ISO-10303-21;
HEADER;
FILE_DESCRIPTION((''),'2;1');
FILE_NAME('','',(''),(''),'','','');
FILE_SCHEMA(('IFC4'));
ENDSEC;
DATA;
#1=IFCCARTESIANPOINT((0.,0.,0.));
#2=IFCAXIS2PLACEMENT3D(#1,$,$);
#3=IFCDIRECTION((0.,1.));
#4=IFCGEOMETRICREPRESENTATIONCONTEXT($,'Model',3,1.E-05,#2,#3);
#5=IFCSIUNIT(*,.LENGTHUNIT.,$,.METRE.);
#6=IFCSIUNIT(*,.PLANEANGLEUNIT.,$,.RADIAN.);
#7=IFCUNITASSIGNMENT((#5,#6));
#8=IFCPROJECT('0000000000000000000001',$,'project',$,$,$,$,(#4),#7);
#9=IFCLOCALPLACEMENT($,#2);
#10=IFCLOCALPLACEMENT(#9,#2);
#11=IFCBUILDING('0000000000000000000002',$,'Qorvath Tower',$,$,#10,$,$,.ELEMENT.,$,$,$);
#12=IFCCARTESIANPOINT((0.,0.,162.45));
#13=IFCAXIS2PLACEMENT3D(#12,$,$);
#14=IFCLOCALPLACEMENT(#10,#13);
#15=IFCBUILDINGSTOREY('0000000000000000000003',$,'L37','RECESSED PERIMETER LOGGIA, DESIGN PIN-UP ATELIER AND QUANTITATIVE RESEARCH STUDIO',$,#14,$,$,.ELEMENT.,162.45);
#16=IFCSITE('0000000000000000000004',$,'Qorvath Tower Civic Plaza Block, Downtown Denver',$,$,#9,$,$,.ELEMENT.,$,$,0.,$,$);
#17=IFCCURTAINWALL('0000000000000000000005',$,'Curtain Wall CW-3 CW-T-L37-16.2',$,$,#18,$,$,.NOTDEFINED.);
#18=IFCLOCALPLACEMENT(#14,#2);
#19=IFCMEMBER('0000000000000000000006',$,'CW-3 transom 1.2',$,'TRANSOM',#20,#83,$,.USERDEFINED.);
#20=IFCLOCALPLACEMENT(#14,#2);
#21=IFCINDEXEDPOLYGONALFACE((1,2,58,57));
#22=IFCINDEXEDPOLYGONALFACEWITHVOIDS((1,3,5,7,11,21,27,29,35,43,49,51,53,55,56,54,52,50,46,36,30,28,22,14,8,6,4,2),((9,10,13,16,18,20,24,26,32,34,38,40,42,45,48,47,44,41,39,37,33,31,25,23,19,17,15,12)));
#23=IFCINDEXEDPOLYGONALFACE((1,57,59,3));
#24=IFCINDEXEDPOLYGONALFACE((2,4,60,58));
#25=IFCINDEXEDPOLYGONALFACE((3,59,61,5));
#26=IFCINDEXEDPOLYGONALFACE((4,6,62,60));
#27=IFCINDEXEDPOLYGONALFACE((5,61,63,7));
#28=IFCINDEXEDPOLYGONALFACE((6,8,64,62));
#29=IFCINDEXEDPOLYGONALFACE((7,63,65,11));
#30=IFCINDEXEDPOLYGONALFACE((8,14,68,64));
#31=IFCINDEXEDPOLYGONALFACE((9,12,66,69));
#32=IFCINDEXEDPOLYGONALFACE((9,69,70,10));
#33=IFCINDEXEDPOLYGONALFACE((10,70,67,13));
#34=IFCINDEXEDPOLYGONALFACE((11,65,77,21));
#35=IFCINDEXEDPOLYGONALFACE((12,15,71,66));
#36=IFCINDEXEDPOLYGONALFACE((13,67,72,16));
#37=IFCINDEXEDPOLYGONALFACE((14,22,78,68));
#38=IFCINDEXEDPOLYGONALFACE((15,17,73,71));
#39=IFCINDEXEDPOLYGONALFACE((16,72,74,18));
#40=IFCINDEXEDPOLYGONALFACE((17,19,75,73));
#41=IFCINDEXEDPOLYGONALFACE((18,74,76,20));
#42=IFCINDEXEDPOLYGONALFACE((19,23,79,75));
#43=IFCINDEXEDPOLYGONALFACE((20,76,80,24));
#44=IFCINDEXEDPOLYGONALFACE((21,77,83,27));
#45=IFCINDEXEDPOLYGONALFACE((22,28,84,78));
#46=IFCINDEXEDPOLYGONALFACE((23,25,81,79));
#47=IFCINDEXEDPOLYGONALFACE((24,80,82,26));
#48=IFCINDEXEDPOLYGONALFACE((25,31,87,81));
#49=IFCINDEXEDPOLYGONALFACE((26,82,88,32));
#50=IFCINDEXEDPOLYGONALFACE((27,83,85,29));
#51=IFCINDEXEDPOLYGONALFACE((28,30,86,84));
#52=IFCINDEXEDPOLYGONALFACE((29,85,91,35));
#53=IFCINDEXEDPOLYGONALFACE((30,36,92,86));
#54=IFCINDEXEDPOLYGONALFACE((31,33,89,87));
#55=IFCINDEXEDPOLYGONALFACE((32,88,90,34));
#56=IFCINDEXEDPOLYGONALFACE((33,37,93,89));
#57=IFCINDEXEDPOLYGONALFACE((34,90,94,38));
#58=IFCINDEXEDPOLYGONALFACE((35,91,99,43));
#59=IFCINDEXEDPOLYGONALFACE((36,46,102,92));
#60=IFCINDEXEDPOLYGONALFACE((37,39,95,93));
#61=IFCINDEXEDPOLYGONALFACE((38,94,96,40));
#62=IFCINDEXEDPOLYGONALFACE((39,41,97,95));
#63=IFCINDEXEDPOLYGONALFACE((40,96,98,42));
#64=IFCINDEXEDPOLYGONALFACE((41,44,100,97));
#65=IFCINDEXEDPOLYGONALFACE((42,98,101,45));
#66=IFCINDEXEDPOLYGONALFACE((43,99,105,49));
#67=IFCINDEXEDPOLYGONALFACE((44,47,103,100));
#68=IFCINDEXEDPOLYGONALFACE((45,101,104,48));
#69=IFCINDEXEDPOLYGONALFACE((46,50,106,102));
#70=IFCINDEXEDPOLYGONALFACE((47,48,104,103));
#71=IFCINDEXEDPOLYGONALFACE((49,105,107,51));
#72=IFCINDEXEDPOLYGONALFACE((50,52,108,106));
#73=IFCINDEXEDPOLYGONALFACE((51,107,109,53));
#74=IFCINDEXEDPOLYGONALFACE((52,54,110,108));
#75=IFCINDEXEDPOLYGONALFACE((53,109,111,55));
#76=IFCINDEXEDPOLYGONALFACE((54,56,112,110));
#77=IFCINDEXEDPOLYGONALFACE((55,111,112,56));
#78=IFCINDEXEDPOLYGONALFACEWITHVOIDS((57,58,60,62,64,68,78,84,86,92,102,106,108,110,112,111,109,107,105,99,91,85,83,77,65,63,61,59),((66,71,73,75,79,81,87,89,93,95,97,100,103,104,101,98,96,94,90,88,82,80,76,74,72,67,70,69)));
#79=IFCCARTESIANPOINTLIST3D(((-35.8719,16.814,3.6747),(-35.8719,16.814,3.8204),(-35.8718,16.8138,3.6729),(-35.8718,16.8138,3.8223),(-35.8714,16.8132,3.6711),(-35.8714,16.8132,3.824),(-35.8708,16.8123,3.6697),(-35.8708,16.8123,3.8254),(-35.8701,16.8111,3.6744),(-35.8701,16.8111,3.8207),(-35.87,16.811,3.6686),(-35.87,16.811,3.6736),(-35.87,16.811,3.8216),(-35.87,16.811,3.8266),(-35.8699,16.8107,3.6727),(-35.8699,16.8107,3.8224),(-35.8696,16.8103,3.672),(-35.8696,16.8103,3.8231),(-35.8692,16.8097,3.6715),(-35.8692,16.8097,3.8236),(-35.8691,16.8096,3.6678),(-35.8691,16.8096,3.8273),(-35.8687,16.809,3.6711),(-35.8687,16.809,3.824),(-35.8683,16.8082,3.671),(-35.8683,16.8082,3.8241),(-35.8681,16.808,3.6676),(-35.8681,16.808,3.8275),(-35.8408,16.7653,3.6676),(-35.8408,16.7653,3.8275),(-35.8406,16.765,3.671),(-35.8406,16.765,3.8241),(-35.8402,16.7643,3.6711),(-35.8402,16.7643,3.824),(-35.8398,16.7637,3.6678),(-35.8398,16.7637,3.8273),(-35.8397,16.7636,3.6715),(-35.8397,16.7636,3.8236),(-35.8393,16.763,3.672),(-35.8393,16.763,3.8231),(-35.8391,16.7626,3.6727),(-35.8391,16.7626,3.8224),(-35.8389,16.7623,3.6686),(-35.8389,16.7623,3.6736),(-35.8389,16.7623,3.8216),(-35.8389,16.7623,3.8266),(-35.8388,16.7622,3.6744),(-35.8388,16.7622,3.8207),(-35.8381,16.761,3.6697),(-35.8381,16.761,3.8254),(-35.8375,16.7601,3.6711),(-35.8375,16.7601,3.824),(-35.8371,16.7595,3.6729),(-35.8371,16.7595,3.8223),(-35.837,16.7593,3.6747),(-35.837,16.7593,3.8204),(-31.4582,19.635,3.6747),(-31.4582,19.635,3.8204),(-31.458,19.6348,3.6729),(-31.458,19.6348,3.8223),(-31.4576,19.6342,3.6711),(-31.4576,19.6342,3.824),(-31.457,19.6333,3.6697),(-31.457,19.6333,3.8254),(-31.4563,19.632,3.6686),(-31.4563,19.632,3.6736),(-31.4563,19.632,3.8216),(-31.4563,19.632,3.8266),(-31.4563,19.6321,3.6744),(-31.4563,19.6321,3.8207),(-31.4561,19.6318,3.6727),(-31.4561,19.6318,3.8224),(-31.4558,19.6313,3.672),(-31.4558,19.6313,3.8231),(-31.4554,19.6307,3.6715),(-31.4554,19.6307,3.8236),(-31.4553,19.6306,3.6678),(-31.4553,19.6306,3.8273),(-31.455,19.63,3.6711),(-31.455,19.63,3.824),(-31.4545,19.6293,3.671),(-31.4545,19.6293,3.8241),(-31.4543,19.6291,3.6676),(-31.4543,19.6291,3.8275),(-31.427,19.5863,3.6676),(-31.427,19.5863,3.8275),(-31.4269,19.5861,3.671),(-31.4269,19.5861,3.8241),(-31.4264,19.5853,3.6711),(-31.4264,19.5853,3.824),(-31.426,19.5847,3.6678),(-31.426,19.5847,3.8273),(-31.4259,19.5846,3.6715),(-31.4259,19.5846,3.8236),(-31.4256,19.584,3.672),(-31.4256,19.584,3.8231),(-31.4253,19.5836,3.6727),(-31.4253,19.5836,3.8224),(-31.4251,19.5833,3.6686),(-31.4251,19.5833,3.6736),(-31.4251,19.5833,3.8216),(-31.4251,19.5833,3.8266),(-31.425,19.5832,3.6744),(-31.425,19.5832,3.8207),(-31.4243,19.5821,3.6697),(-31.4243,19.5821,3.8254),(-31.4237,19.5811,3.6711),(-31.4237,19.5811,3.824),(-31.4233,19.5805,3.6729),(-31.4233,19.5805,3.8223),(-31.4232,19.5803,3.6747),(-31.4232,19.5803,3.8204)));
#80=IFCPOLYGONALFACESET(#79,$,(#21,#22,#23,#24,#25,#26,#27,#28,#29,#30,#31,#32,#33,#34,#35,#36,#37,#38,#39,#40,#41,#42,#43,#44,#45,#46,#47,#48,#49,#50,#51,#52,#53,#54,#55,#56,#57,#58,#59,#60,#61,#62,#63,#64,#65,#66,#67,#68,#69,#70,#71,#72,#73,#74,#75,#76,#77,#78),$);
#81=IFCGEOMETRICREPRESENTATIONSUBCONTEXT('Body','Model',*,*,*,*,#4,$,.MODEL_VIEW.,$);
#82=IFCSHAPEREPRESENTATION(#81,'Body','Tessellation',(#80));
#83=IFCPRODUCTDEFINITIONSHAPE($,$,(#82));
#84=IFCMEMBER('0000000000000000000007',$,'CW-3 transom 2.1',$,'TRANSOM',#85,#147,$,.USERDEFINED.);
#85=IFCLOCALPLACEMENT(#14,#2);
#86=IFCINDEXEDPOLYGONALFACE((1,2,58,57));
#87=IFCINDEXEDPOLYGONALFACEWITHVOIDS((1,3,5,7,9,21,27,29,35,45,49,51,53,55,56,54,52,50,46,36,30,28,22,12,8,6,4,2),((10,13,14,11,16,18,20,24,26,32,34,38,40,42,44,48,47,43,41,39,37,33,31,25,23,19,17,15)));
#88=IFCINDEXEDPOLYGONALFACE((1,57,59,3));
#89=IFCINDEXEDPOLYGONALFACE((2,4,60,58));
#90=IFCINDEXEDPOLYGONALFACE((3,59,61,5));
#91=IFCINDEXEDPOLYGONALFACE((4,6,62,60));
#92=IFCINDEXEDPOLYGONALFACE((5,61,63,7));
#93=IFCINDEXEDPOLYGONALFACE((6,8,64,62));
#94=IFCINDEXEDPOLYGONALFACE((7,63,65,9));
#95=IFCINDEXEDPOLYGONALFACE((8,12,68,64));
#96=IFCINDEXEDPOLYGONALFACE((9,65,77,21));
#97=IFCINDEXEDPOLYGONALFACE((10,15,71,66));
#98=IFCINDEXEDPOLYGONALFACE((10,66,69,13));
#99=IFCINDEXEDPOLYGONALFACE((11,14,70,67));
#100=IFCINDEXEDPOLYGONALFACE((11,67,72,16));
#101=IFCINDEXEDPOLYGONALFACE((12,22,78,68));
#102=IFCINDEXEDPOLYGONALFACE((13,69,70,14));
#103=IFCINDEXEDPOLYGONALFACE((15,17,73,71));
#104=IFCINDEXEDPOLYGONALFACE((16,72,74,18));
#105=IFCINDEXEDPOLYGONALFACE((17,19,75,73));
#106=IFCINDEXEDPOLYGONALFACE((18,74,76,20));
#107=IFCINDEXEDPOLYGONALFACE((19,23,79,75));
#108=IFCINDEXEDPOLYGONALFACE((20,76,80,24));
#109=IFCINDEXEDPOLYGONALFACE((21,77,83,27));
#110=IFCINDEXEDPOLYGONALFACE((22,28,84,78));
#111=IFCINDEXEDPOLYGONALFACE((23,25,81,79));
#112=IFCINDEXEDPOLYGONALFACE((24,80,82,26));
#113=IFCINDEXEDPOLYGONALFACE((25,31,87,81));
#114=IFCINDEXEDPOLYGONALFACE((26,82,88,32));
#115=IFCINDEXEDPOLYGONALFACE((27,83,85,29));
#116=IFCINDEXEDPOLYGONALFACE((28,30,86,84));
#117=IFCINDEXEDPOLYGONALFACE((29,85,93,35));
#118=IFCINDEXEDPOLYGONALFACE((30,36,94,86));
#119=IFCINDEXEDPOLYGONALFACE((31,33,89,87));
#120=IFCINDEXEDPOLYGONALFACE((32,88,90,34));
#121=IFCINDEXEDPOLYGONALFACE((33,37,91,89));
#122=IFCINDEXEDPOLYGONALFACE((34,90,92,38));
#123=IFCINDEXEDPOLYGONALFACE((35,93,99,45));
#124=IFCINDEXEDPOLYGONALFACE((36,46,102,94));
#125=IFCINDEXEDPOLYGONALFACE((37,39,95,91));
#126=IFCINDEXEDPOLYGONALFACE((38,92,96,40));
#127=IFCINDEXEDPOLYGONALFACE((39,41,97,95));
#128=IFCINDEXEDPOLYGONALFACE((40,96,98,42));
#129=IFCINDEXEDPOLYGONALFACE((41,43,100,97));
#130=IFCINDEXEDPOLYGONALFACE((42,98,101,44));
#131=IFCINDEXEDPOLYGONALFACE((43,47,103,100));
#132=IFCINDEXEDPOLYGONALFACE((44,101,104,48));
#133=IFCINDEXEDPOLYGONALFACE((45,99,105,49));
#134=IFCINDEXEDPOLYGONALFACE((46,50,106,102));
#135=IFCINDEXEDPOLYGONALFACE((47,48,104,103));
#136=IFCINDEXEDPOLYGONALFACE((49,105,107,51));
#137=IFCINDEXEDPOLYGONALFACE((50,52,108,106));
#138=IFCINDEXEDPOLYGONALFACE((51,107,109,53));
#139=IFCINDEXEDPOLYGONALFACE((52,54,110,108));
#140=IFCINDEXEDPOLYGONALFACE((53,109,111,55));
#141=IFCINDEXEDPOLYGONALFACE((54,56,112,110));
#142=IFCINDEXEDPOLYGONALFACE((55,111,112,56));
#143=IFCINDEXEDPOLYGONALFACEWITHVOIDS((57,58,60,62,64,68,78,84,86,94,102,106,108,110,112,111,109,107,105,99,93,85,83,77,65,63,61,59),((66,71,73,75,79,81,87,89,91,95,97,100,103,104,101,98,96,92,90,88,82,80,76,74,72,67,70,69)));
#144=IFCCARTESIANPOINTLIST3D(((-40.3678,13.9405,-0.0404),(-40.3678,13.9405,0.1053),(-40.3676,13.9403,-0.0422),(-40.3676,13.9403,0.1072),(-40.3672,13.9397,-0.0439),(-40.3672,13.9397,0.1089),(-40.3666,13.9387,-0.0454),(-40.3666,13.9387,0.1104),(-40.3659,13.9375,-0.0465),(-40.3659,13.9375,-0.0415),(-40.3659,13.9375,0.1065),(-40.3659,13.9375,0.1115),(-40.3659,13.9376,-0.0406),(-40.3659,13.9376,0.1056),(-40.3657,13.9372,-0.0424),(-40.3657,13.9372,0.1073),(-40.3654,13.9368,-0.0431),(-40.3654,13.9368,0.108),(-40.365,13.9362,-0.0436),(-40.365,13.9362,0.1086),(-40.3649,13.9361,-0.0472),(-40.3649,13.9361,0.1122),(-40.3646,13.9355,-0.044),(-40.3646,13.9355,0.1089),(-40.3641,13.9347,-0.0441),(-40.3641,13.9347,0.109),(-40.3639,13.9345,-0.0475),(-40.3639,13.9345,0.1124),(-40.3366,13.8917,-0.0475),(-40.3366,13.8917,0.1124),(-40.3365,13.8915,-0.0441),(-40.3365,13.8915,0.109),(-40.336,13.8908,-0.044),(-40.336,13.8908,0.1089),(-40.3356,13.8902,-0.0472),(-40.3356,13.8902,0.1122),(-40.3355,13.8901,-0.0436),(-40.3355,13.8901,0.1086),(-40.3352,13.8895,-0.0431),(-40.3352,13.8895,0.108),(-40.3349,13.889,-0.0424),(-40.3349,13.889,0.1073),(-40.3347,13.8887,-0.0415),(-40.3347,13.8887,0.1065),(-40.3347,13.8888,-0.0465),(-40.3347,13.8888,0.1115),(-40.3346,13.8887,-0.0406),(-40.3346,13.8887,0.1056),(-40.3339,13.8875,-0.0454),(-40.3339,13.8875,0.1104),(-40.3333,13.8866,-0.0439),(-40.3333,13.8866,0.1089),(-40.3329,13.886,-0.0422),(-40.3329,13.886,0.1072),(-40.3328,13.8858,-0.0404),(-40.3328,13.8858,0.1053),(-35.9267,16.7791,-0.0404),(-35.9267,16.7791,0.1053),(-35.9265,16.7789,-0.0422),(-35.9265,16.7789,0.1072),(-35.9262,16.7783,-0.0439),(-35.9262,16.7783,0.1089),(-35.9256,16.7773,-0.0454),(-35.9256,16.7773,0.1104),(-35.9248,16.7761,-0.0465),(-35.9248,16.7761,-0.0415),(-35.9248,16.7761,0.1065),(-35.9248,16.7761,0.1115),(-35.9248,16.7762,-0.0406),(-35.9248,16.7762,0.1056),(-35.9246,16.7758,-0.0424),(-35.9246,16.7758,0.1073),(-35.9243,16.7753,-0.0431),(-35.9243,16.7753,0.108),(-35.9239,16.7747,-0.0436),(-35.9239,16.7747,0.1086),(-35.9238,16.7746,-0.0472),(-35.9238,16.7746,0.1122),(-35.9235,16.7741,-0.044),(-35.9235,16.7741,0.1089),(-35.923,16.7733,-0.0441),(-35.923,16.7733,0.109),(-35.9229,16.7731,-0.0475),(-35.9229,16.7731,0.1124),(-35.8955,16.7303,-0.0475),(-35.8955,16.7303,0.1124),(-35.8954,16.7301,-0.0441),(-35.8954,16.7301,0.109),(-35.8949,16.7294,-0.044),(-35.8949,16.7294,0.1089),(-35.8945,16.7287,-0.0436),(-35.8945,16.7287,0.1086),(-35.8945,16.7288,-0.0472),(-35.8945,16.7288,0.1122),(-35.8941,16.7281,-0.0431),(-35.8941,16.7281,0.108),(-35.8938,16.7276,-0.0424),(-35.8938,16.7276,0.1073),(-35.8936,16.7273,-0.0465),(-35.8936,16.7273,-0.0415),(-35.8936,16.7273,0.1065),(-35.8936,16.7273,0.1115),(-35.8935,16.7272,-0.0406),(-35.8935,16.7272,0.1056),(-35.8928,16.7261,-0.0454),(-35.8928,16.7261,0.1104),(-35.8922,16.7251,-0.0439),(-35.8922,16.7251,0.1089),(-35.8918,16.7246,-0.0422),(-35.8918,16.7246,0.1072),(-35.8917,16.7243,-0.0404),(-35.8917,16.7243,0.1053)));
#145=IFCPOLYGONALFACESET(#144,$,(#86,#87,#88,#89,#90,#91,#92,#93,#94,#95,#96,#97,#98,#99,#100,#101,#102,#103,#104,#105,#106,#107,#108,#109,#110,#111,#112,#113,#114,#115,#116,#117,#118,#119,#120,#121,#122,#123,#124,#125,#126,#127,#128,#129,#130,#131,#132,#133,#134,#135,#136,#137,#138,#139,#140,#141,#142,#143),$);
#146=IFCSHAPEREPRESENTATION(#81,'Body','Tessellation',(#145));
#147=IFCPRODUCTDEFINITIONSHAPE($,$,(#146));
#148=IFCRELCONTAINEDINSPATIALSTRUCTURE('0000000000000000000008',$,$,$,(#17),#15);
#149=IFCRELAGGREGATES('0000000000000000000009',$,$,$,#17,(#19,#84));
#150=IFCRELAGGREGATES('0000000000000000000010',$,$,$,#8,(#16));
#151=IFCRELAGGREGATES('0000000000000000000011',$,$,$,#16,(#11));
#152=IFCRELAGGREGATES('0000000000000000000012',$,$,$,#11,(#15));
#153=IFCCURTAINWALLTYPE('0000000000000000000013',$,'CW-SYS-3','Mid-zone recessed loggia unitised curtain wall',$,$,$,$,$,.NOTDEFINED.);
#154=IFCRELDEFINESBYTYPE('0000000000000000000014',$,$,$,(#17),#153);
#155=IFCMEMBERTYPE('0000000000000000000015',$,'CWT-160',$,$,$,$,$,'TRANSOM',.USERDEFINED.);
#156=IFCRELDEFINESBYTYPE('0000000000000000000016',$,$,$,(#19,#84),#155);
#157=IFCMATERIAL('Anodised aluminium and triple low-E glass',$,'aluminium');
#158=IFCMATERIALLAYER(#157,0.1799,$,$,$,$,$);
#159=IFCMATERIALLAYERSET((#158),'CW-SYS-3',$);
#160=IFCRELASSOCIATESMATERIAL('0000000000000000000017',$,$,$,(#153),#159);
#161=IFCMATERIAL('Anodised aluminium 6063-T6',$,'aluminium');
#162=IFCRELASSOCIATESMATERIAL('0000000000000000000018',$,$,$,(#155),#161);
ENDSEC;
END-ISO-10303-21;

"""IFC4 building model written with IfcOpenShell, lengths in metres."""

from ifc_helpers import new_model, si_unit, direction, frame, origin, origin_2d, place, context, subcontext, project, spatial, hollow_rectangle, extrude, material, layer, layer_set, material_profile, profile_set, type_object, element, aggregate, save


model = new_model("IFC4")

# Units and contexts
model_context = context("Model", 3, precision=1e-05, world=origin(), true_north=direction((0.0, 1.0)))
body_context = subcontext(model_context, "Body", "Model", "MODEL_VIEW")
ifc_project = project(units=[si_unit("LENGTHUNIT", "METRE"), si_unit("PLANEANGLEUNIT", "RADIAN")], contexts=[model_context])

# Site, building, storey
site_placement = place(None, origin())
site = spatial("IfcSite", under=ifc_project, at=site_placement, Name="Qorvath Tower Civic Plaza Block, Downtown Denver", CompositionType="ELEMENT", RefElevation=0.0)
building_placement = place(site_placement, origin())
building = spatial("IfcBuilding", under=site, at=building_placement, Name="Qorvath Tower", CompositionType="ELEMENT")
storey_placement = place(building_placement, frame((0.0, 0.0, 162.45)))
storey = spatial("IfcBuildingStorey", under=building, at=storey_placement, Name="L37", Description="RECESSED PERIMETER LOGGIA, DESIGN PIN-UP ATELIER AND QUANTITATIVE RESEARCH STUDIO", CompositionType="ELEMENT", Elevation=162.45)

# Shared definitions
ifc_material_1 = material(Name="Anodised aluminium and triple low-E glass", Category="aluminium")
ifc_layer_1 = layer(ifc_material_1, 0.1799)
ifc_layer_set_1 = layer_set([ifc_layer_1], Name="CW-SYS-3")
curtain_wall_type = type_object("IfcCurtainWallType", Name="CW-SYS-3", Description="Mid-zone recessed loggia unitised curtain wall", PredefinedType="NOTDEFINED", material=ifc_layer_set_1)

# Curtain wall, members
curtain_wall_1_placement = place(storey_placement, origin())
curtain_wall_1 = element("IfcCurtainWall", 1, at=curtain_wall_1_placement, inside=storey, type_object=curtain_wall_type, Name="Curtain Wall CW-3 CW-T-L37-16.2", PredefinedType="NOTDEFINED")
ifc_material_2 = material(Name="Anodised aluminium 6063-T6", Category="aluminium")
ifc_material_profile_1 = material_profile(ifc_material_2, hollow_rectangle(XDim=0.0649, YDim=0.1599, WallThickness=0.0034, InnerFilletRadius=0.0034, OuterFilletRadius=0.0071, at=origin_2d()), Name="CWT 160x65")
ifc_profile_set_1 = profile_set([ifc_material_profile_1], Name="Anodised aluminium 6063-T6")
member_type_1 = type_object("IfcMemberType", Name="CWT-160", ElementType="TRANSOM", PredefinedType="USERDEFINED", material=ifc_profile_set_1)
member_1_placement = place(storey_placement, frame((-31.4407, 19.6077, 3.7476), z_axis=(-0.842601, -0.538539, 0.0), x_axis=(0.538539, -0.842601, 0.0)))
member_1 = element("IfcMember", 2, at=member_1_placement, type_object=member_type_1, Name="CW-3 transom 1.2", ObjectType="TRANSOM", PredefinedType="USERDEFINED", context=body_context, shape_type="SweptSolid", body=[
    extrude(hollow_rectangle(XDim=0.0649, YDim=0.1599, WallThickness=0.0034, InnerFilletRadius=0.0034, OuterFilletRadius=0.0071, at=origin_2d()), origin(), (0.0, 0.0, 1.0), 5.2383),
])
member_2_placement = place(storey_placement, frame((-35.9092, 16.7517, 0.0325), z_axis=(-0.842592, -0.538553, 0.0), x_axis=(0.538553, -0.842592, 0.0)))
member_2 = element("IfcMember", 3, at=member_2_placement, type_object=member_type_1, Name="CW-3 transom 2.1", ObjectType="TRANSOM", PredefinedType="USERDEFINED", context=body_context, shape_type="SweptSolid", body=[
    extrude(hollow_rectangle(XDim=0.0649, YDim=0.1599, WallThickness=0.0034, InnerFilletRadius=0.0034, OuterFilletRadius=0.0071, at=origin_2d()), origin(), (0.0, 0.0, 1.0), 5.2708),
])
aggregate(curtain_wall_1, [member_1, member_2])

save(model, "model.ifc")
